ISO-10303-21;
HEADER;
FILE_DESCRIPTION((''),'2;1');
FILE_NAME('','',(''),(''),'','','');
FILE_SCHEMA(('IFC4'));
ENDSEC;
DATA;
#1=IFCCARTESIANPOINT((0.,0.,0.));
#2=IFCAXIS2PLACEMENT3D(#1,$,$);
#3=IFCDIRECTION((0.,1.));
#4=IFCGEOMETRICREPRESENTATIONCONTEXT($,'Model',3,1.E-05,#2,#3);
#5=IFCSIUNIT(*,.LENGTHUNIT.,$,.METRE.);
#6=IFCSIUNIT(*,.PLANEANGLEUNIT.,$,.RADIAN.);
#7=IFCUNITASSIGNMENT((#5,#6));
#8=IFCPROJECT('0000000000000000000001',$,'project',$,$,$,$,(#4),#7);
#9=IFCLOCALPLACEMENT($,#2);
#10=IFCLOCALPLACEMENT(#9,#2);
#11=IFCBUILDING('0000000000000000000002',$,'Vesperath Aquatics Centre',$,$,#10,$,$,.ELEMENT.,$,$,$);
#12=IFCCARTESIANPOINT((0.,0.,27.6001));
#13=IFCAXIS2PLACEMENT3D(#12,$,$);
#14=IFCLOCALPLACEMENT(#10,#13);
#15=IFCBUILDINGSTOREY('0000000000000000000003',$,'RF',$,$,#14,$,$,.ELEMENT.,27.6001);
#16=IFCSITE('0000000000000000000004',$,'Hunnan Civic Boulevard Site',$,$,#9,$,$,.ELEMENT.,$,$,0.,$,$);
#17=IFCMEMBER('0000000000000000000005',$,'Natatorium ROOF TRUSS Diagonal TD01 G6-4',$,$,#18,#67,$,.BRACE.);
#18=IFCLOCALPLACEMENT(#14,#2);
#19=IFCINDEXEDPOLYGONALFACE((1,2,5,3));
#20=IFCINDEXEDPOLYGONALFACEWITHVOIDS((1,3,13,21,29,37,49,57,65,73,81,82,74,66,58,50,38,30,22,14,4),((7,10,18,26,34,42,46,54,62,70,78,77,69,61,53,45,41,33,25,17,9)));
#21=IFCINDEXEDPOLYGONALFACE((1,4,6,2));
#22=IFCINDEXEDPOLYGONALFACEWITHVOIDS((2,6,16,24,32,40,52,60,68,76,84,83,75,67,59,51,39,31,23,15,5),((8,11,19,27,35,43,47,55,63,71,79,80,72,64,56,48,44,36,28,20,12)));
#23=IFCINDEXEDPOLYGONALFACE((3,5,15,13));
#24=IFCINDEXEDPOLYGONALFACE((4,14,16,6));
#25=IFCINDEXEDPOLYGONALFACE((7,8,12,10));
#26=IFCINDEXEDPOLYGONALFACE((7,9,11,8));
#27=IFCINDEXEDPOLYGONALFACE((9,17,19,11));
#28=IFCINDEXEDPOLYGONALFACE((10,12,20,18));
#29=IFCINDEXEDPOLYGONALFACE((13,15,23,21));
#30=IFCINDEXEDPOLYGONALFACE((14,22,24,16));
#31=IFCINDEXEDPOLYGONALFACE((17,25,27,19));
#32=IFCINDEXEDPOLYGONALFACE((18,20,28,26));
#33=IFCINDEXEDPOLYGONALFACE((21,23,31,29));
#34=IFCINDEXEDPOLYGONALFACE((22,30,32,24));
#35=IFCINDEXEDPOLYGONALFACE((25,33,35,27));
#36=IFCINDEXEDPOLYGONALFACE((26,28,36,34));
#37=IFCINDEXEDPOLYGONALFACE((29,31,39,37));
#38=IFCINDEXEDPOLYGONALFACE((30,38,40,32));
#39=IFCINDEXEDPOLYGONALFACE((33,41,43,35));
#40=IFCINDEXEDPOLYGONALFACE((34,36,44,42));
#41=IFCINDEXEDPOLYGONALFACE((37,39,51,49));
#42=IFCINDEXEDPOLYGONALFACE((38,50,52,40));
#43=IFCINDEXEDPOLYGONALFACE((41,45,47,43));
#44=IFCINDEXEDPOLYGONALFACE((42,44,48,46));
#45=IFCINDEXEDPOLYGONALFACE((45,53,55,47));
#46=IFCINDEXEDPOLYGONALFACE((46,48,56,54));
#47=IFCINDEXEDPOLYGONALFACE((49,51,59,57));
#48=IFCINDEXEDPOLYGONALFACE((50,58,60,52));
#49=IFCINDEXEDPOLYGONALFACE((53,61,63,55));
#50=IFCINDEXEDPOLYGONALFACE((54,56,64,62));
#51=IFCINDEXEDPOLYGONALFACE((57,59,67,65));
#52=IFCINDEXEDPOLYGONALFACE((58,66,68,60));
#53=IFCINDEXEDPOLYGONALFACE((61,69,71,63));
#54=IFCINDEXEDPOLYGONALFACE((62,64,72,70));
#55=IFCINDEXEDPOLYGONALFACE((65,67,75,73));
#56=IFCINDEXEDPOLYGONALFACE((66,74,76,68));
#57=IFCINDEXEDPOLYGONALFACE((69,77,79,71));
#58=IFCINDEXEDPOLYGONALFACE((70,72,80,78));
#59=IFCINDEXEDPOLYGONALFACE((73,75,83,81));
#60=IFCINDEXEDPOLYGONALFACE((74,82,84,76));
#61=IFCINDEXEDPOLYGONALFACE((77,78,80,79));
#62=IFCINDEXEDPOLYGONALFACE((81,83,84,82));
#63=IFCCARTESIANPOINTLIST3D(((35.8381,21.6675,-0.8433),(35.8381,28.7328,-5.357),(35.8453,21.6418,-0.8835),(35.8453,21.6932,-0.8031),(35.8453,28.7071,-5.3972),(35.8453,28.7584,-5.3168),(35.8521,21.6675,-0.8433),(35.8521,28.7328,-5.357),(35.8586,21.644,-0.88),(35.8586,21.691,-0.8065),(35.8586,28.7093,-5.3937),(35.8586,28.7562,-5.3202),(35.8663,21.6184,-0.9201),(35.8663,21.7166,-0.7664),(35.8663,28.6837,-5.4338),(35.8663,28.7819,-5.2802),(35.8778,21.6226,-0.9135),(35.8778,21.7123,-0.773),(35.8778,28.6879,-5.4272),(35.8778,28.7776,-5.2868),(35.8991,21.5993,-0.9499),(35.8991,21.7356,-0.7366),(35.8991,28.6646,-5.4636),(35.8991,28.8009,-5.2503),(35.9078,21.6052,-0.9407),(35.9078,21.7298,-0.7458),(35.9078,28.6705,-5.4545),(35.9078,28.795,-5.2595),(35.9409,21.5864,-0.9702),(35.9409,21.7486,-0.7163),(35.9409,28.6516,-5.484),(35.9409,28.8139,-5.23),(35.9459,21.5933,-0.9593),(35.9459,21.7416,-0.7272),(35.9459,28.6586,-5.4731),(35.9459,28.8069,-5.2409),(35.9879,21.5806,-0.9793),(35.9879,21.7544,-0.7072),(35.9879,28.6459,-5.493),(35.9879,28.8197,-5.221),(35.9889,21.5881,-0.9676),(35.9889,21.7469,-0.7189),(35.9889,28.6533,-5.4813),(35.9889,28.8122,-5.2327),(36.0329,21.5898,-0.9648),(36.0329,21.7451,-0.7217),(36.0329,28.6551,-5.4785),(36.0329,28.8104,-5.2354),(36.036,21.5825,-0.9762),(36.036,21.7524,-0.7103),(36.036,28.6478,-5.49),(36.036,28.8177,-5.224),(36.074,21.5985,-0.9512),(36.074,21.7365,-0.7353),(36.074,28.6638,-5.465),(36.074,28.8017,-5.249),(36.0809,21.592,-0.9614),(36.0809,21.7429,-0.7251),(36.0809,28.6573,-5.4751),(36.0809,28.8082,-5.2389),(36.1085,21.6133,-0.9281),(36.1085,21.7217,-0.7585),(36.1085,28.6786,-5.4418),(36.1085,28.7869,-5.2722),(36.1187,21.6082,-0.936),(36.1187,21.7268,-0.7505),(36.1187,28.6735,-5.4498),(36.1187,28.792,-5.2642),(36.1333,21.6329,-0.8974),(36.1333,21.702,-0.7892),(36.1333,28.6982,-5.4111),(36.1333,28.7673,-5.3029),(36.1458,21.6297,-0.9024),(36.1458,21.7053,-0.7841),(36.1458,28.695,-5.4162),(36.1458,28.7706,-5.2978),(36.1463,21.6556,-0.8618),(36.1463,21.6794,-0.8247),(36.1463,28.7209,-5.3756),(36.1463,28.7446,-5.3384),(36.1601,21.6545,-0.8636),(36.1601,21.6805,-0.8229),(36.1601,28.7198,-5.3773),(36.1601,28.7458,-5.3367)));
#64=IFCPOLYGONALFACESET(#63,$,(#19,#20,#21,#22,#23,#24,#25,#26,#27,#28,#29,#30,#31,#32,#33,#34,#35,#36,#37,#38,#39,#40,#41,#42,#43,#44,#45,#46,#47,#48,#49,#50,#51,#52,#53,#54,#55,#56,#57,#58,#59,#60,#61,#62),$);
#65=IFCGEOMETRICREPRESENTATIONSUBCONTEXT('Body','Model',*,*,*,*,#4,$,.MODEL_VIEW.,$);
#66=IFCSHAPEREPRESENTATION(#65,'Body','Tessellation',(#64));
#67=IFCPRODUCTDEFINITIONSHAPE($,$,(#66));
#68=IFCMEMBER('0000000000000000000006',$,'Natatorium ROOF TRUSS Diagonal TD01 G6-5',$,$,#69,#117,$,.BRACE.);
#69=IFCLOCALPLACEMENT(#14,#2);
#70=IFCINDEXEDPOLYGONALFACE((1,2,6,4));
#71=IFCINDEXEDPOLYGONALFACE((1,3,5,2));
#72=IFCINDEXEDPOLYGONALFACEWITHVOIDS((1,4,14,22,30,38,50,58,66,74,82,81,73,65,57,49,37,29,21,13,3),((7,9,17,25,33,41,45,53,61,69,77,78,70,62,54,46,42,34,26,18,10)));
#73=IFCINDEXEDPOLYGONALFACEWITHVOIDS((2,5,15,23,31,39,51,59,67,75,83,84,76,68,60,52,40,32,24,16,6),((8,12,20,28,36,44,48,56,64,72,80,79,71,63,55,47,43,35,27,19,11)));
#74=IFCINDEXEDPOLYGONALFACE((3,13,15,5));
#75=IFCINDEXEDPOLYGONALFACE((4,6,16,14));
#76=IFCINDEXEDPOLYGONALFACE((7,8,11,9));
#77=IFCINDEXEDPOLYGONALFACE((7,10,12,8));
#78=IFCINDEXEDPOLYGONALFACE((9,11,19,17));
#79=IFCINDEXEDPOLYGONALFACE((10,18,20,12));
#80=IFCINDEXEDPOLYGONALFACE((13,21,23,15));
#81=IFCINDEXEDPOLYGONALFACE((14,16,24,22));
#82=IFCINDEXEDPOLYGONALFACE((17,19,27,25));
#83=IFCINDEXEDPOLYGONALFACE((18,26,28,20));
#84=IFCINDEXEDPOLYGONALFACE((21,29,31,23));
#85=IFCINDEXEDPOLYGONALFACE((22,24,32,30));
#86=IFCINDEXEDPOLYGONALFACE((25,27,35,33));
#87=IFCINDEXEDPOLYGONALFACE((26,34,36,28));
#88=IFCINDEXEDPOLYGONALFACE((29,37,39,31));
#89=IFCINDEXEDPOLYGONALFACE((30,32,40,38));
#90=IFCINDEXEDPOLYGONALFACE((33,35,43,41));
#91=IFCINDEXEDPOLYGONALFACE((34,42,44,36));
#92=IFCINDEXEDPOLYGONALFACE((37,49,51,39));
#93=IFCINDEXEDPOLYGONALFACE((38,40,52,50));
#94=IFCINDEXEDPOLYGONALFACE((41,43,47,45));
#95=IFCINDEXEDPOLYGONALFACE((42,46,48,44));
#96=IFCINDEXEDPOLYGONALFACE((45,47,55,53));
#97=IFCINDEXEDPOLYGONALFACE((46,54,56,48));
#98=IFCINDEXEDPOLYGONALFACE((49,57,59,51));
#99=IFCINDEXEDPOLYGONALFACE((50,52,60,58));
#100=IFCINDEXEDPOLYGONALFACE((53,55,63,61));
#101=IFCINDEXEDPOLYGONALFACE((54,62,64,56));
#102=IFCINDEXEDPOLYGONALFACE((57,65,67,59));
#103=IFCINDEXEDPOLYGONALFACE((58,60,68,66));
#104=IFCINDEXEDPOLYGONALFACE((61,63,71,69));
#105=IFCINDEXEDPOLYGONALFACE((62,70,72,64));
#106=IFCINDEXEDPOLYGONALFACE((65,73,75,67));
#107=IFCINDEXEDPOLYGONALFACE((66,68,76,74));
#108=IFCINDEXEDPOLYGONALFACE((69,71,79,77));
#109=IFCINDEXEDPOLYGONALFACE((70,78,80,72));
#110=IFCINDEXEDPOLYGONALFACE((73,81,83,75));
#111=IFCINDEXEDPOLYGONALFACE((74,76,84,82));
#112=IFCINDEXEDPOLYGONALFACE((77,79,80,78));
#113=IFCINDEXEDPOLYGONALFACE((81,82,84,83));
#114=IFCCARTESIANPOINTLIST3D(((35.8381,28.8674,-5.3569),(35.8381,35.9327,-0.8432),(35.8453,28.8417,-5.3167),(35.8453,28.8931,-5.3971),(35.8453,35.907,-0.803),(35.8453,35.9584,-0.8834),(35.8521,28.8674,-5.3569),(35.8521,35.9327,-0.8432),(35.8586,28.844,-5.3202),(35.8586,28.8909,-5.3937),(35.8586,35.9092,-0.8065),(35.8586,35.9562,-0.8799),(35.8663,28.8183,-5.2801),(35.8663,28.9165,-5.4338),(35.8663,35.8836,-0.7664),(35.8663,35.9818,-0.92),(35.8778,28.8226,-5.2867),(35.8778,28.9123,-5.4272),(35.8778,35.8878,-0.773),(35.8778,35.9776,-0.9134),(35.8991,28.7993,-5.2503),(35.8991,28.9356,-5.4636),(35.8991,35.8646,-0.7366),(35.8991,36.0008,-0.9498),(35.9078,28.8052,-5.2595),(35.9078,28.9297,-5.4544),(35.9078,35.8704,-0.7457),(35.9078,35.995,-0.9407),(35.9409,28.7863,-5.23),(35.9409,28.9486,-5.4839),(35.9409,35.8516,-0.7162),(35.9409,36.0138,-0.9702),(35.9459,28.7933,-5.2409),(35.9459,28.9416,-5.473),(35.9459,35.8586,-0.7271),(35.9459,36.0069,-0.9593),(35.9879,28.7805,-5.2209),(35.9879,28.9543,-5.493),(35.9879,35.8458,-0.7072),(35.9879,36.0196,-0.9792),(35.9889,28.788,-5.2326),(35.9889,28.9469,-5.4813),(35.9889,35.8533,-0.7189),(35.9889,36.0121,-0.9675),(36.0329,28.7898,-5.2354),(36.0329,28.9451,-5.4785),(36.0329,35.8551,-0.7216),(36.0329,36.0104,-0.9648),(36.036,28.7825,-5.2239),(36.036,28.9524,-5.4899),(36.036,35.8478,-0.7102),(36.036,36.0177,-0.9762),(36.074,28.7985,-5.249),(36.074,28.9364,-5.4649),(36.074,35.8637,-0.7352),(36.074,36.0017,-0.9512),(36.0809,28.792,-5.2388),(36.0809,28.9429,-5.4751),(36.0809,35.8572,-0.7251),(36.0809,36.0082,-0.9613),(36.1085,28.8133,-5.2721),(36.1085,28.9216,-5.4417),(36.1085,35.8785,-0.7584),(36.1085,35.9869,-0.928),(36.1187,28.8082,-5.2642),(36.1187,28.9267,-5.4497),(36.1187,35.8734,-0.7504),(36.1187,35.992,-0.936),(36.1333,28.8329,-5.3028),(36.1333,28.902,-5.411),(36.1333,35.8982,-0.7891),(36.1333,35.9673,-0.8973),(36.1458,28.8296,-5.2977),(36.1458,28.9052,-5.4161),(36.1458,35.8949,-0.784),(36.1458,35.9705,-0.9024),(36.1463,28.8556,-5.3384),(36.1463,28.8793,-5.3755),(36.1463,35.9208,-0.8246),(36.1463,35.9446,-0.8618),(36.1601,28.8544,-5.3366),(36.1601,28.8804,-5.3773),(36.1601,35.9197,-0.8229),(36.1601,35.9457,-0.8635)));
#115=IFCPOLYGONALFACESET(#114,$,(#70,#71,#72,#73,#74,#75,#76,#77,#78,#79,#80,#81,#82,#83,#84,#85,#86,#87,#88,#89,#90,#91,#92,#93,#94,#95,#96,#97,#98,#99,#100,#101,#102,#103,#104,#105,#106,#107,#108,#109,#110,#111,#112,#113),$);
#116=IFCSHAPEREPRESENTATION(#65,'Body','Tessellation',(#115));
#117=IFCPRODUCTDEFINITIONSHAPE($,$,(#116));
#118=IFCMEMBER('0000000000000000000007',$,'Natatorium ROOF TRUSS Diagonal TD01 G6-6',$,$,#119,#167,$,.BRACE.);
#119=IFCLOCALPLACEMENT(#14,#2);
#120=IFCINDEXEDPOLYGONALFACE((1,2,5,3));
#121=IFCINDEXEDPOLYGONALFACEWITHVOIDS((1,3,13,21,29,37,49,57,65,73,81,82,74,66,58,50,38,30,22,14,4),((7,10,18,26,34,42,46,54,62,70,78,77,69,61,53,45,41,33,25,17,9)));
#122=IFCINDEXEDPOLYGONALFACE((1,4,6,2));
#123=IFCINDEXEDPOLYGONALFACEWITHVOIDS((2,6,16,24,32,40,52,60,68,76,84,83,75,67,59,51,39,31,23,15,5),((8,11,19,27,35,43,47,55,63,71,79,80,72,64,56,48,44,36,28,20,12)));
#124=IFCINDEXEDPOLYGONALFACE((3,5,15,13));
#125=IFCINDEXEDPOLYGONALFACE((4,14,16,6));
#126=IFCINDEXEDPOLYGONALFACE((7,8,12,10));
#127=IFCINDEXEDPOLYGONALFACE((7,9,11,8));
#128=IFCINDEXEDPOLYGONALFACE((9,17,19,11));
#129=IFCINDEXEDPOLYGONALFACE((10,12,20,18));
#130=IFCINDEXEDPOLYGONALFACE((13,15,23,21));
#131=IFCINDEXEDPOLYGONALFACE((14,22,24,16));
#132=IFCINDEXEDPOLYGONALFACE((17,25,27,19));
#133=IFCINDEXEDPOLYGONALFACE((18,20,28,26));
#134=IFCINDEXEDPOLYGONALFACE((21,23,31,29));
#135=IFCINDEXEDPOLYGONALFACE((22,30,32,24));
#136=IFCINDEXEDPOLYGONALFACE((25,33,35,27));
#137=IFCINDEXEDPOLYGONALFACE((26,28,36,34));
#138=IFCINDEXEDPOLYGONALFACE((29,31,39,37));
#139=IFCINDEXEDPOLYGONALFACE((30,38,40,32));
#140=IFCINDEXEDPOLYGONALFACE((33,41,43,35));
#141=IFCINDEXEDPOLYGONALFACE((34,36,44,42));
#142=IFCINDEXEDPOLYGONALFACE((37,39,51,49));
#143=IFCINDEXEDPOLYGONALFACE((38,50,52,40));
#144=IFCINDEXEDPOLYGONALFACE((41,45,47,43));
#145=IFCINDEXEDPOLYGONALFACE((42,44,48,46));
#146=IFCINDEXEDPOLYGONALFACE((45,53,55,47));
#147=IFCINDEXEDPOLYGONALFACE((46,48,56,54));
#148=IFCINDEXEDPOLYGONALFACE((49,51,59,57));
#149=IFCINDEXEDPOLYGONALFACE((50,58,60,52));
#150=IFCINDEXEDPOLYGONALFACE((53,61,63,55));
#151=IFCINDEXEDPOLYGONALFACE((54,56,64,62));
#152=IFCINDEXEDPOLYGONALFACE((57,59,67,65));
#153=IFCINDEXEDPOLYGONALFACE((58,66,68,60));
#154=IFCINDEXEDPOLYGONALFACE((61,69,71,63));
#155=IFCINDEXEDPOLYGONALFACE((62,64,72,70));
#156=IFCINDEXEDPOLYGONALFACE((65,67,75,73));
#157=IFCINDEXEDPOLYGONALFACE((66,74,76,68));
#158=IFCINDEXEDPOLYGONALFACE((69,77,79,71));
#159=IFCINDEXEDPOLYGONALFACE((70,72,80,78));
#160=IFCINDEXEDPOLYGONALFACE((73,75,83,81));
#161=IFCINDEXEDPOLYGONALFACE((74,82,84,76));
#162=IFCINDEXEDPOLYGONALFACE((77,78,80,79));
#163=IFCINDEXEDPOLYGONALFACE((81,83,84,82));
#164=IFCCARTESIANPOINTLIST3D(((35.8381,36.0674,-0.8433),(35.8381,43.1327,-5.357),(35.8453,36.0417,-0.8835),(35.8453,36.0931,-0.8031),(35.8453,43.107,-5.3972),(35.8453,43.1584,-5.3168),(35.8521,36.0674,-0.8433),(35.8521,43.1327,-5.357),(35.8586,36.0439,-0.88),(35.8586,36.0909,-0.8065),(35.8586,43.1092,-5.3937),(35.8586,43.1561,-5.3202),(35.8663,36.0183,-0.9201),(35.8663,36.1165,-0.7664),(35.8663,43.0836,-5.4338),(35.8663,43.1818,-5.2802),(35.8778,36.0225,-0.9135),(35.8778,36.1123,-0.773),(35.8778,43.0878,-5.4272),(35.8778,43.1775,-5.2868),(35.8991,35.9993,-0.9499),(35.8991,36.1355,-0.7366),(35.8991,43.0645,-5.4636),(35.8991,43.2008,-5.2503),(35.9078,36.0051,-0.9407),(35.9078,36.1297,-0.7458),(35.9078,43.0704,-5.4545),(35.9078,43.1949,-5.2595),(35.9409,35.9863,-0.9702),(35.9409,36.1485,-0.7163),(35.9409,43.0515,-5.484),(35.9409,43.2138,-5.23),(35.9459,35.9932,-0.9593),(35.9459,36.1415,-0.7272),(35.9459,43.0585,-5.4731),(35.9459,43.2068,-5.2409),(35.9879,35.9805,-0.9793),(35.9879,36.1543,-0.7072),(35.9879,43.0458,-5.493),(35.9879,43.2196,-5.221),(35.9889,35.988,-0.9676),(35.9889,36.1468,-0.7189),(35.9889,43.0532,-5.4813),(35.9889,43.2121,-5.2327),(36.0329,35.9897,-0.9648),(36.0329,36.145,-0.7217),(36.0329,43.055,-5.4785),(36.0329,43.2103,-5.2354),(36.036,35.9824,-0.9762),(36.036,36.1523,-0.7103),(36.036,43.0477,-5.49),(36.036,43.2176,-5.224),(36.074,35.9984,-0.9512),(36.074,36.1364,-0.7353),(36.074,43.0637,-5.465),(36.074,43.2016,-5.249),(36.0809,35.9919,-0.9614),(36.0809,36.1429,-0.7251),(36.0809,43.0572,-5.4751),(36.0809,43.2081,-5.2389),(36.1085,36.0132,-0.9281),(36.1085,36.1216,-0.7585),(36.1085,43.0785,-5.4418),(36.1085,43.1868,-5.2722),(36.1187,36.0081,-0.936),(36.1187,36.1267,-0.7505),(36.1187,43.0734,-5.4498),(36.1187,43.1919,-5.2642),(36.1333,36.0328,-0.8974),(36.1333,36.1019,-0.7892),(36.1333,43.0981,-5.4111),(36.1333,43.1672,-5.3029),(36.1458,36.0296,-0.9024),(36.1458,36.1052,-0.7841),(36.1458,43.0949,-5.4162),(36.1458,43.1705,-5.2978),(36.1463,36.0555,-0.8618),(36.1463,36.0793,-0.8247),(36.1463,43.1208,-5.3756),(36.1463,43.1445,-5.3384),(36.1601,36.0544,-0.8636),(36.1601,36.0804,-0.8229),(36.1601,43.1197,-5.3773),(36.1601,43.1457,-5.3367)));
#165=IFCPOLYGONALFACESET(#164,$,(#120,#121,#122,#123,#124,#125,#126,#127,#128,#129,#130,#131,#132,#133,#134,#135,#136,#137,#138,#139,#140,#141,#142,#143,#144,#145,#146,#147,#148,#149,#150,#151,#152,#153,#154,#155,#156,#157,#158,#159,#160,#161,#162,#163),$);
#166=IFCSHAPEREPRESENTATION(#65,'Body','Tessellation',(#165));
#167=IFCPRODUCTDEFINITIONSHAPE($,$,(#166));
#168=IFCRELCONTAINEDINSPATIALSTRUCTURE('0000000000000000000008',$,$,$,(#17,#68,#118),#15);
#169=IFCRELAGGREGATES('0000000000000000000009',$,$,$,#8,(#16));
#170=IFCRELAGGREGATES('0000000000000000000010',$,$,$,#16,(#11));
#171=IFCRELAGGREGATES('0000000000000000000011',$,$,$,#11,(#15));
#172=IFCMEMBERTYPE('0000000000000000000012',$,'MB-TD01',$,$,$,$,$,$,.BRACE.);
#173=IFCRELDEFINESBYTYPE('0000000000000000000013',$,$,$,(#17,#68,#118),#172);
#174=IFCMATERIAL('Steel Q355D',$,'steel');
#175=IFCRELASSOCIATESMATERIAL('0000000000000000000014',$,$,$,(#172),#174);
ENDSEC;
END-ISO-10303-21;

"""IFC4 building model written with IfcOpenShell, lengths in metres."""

from ifc_helpers import new_model, si_unit, direction, frame, origin, origin_2d, place, context, subcontext, project, spatial, hollow_circle, extrude, material, material_profile, profile_set, type_object, element, save


model = new_model("IFC4")

# Units and contexts
model_context = context("Model", 3, precision=1e-05, world=origin(), true_north=direction((0.0, 1.0)))
body_context = subcontext(model_context, "Body", "Model", "MODEL_VIEW")
ifc_project = project(units=[si_unit("LENGTHUNIT", "METRE"), si_unit("PLANEANGLEUNIT", "RADIAN")], contexts=[model_context])

# Site, building, storey
site_placement = place(None, origin())
site = spatial("IfcSite", under=ifc_project, at=site_placement, Name="Hunnan Civic Boulevard Site", CompositionType="ELEMENT", RefElevation=0.0)
building_placement = place(site_placement, origin())
building = spatial("IfcBuilding", under=site, at=building_placement, Name="Vesperath Aquatics Centre", CompositionType="ELEMENT")
storey_placement = place(building_placement, frame((0.0, 0.0, 27.6001)))
storey = spatial("IfcBuildingStorey", under=building, at=storey_placement, Name="RF", CompositionType="ELEMENT", Elevation=27.6001)

# Members
ifc_material_1 = material(Name="Steel Q355D", Category="steel")
ifc_material_profile_1 = material_profile(ifc_material_1, hollow_circle(Radius=0.1619, WallThickness=0.0139, at=origin_2d()), Name="CHS 323.9x14")
ifc_profile_set_1 = profile_set([ifc_material_profile_1], Name="Steel Q355D")
member_type_1 = type_object("IfcMemberType", Name="MB-TD01", PredefinedType="BRACE", material=ifc_profile_set_1)
for number, where, z_axis, x_axis, name in (
    (1, (36.0, 21.6675, -0.8433), (0.0, 0.842707, -0.538373), (-1.0, 0.0, 0.0), "Natatorium ROOF TRUSS Diagonal TD01 G6-4"),
    (2, (36.0, 28.8674, -5.3569), (0.0, 0.842707, 0.538373), (-1.0, 0.0, 0.0), "Natatorium ROOF TRUSS Diagonal TD01 G6-5"),
    (3, (36.0, 36.0674, -0.8433), (0.0, 0.842707, -0.538373), (-1.0, 0.0, 0.0), "Natatorium ROOF TRUSS Diagonal TD01 G6-6"),
):
    element("IfcMember", number, at=place(storey_placement, frame(where, z_axis=z_axis, x_axis=x_axis)), inside=storey, type_object=member_type_1, Name=name, PredefinedType="BRACE", context=body_context, shape_type="SweptSolid", body=[
        extrude(hollow_circle(Radius=0.1619, WallThickness=0.0139, at=origin_2d()), origin(), (0.0, 0.0, 1.0), 8.384),
    ])

save(model, "model.ifc")
